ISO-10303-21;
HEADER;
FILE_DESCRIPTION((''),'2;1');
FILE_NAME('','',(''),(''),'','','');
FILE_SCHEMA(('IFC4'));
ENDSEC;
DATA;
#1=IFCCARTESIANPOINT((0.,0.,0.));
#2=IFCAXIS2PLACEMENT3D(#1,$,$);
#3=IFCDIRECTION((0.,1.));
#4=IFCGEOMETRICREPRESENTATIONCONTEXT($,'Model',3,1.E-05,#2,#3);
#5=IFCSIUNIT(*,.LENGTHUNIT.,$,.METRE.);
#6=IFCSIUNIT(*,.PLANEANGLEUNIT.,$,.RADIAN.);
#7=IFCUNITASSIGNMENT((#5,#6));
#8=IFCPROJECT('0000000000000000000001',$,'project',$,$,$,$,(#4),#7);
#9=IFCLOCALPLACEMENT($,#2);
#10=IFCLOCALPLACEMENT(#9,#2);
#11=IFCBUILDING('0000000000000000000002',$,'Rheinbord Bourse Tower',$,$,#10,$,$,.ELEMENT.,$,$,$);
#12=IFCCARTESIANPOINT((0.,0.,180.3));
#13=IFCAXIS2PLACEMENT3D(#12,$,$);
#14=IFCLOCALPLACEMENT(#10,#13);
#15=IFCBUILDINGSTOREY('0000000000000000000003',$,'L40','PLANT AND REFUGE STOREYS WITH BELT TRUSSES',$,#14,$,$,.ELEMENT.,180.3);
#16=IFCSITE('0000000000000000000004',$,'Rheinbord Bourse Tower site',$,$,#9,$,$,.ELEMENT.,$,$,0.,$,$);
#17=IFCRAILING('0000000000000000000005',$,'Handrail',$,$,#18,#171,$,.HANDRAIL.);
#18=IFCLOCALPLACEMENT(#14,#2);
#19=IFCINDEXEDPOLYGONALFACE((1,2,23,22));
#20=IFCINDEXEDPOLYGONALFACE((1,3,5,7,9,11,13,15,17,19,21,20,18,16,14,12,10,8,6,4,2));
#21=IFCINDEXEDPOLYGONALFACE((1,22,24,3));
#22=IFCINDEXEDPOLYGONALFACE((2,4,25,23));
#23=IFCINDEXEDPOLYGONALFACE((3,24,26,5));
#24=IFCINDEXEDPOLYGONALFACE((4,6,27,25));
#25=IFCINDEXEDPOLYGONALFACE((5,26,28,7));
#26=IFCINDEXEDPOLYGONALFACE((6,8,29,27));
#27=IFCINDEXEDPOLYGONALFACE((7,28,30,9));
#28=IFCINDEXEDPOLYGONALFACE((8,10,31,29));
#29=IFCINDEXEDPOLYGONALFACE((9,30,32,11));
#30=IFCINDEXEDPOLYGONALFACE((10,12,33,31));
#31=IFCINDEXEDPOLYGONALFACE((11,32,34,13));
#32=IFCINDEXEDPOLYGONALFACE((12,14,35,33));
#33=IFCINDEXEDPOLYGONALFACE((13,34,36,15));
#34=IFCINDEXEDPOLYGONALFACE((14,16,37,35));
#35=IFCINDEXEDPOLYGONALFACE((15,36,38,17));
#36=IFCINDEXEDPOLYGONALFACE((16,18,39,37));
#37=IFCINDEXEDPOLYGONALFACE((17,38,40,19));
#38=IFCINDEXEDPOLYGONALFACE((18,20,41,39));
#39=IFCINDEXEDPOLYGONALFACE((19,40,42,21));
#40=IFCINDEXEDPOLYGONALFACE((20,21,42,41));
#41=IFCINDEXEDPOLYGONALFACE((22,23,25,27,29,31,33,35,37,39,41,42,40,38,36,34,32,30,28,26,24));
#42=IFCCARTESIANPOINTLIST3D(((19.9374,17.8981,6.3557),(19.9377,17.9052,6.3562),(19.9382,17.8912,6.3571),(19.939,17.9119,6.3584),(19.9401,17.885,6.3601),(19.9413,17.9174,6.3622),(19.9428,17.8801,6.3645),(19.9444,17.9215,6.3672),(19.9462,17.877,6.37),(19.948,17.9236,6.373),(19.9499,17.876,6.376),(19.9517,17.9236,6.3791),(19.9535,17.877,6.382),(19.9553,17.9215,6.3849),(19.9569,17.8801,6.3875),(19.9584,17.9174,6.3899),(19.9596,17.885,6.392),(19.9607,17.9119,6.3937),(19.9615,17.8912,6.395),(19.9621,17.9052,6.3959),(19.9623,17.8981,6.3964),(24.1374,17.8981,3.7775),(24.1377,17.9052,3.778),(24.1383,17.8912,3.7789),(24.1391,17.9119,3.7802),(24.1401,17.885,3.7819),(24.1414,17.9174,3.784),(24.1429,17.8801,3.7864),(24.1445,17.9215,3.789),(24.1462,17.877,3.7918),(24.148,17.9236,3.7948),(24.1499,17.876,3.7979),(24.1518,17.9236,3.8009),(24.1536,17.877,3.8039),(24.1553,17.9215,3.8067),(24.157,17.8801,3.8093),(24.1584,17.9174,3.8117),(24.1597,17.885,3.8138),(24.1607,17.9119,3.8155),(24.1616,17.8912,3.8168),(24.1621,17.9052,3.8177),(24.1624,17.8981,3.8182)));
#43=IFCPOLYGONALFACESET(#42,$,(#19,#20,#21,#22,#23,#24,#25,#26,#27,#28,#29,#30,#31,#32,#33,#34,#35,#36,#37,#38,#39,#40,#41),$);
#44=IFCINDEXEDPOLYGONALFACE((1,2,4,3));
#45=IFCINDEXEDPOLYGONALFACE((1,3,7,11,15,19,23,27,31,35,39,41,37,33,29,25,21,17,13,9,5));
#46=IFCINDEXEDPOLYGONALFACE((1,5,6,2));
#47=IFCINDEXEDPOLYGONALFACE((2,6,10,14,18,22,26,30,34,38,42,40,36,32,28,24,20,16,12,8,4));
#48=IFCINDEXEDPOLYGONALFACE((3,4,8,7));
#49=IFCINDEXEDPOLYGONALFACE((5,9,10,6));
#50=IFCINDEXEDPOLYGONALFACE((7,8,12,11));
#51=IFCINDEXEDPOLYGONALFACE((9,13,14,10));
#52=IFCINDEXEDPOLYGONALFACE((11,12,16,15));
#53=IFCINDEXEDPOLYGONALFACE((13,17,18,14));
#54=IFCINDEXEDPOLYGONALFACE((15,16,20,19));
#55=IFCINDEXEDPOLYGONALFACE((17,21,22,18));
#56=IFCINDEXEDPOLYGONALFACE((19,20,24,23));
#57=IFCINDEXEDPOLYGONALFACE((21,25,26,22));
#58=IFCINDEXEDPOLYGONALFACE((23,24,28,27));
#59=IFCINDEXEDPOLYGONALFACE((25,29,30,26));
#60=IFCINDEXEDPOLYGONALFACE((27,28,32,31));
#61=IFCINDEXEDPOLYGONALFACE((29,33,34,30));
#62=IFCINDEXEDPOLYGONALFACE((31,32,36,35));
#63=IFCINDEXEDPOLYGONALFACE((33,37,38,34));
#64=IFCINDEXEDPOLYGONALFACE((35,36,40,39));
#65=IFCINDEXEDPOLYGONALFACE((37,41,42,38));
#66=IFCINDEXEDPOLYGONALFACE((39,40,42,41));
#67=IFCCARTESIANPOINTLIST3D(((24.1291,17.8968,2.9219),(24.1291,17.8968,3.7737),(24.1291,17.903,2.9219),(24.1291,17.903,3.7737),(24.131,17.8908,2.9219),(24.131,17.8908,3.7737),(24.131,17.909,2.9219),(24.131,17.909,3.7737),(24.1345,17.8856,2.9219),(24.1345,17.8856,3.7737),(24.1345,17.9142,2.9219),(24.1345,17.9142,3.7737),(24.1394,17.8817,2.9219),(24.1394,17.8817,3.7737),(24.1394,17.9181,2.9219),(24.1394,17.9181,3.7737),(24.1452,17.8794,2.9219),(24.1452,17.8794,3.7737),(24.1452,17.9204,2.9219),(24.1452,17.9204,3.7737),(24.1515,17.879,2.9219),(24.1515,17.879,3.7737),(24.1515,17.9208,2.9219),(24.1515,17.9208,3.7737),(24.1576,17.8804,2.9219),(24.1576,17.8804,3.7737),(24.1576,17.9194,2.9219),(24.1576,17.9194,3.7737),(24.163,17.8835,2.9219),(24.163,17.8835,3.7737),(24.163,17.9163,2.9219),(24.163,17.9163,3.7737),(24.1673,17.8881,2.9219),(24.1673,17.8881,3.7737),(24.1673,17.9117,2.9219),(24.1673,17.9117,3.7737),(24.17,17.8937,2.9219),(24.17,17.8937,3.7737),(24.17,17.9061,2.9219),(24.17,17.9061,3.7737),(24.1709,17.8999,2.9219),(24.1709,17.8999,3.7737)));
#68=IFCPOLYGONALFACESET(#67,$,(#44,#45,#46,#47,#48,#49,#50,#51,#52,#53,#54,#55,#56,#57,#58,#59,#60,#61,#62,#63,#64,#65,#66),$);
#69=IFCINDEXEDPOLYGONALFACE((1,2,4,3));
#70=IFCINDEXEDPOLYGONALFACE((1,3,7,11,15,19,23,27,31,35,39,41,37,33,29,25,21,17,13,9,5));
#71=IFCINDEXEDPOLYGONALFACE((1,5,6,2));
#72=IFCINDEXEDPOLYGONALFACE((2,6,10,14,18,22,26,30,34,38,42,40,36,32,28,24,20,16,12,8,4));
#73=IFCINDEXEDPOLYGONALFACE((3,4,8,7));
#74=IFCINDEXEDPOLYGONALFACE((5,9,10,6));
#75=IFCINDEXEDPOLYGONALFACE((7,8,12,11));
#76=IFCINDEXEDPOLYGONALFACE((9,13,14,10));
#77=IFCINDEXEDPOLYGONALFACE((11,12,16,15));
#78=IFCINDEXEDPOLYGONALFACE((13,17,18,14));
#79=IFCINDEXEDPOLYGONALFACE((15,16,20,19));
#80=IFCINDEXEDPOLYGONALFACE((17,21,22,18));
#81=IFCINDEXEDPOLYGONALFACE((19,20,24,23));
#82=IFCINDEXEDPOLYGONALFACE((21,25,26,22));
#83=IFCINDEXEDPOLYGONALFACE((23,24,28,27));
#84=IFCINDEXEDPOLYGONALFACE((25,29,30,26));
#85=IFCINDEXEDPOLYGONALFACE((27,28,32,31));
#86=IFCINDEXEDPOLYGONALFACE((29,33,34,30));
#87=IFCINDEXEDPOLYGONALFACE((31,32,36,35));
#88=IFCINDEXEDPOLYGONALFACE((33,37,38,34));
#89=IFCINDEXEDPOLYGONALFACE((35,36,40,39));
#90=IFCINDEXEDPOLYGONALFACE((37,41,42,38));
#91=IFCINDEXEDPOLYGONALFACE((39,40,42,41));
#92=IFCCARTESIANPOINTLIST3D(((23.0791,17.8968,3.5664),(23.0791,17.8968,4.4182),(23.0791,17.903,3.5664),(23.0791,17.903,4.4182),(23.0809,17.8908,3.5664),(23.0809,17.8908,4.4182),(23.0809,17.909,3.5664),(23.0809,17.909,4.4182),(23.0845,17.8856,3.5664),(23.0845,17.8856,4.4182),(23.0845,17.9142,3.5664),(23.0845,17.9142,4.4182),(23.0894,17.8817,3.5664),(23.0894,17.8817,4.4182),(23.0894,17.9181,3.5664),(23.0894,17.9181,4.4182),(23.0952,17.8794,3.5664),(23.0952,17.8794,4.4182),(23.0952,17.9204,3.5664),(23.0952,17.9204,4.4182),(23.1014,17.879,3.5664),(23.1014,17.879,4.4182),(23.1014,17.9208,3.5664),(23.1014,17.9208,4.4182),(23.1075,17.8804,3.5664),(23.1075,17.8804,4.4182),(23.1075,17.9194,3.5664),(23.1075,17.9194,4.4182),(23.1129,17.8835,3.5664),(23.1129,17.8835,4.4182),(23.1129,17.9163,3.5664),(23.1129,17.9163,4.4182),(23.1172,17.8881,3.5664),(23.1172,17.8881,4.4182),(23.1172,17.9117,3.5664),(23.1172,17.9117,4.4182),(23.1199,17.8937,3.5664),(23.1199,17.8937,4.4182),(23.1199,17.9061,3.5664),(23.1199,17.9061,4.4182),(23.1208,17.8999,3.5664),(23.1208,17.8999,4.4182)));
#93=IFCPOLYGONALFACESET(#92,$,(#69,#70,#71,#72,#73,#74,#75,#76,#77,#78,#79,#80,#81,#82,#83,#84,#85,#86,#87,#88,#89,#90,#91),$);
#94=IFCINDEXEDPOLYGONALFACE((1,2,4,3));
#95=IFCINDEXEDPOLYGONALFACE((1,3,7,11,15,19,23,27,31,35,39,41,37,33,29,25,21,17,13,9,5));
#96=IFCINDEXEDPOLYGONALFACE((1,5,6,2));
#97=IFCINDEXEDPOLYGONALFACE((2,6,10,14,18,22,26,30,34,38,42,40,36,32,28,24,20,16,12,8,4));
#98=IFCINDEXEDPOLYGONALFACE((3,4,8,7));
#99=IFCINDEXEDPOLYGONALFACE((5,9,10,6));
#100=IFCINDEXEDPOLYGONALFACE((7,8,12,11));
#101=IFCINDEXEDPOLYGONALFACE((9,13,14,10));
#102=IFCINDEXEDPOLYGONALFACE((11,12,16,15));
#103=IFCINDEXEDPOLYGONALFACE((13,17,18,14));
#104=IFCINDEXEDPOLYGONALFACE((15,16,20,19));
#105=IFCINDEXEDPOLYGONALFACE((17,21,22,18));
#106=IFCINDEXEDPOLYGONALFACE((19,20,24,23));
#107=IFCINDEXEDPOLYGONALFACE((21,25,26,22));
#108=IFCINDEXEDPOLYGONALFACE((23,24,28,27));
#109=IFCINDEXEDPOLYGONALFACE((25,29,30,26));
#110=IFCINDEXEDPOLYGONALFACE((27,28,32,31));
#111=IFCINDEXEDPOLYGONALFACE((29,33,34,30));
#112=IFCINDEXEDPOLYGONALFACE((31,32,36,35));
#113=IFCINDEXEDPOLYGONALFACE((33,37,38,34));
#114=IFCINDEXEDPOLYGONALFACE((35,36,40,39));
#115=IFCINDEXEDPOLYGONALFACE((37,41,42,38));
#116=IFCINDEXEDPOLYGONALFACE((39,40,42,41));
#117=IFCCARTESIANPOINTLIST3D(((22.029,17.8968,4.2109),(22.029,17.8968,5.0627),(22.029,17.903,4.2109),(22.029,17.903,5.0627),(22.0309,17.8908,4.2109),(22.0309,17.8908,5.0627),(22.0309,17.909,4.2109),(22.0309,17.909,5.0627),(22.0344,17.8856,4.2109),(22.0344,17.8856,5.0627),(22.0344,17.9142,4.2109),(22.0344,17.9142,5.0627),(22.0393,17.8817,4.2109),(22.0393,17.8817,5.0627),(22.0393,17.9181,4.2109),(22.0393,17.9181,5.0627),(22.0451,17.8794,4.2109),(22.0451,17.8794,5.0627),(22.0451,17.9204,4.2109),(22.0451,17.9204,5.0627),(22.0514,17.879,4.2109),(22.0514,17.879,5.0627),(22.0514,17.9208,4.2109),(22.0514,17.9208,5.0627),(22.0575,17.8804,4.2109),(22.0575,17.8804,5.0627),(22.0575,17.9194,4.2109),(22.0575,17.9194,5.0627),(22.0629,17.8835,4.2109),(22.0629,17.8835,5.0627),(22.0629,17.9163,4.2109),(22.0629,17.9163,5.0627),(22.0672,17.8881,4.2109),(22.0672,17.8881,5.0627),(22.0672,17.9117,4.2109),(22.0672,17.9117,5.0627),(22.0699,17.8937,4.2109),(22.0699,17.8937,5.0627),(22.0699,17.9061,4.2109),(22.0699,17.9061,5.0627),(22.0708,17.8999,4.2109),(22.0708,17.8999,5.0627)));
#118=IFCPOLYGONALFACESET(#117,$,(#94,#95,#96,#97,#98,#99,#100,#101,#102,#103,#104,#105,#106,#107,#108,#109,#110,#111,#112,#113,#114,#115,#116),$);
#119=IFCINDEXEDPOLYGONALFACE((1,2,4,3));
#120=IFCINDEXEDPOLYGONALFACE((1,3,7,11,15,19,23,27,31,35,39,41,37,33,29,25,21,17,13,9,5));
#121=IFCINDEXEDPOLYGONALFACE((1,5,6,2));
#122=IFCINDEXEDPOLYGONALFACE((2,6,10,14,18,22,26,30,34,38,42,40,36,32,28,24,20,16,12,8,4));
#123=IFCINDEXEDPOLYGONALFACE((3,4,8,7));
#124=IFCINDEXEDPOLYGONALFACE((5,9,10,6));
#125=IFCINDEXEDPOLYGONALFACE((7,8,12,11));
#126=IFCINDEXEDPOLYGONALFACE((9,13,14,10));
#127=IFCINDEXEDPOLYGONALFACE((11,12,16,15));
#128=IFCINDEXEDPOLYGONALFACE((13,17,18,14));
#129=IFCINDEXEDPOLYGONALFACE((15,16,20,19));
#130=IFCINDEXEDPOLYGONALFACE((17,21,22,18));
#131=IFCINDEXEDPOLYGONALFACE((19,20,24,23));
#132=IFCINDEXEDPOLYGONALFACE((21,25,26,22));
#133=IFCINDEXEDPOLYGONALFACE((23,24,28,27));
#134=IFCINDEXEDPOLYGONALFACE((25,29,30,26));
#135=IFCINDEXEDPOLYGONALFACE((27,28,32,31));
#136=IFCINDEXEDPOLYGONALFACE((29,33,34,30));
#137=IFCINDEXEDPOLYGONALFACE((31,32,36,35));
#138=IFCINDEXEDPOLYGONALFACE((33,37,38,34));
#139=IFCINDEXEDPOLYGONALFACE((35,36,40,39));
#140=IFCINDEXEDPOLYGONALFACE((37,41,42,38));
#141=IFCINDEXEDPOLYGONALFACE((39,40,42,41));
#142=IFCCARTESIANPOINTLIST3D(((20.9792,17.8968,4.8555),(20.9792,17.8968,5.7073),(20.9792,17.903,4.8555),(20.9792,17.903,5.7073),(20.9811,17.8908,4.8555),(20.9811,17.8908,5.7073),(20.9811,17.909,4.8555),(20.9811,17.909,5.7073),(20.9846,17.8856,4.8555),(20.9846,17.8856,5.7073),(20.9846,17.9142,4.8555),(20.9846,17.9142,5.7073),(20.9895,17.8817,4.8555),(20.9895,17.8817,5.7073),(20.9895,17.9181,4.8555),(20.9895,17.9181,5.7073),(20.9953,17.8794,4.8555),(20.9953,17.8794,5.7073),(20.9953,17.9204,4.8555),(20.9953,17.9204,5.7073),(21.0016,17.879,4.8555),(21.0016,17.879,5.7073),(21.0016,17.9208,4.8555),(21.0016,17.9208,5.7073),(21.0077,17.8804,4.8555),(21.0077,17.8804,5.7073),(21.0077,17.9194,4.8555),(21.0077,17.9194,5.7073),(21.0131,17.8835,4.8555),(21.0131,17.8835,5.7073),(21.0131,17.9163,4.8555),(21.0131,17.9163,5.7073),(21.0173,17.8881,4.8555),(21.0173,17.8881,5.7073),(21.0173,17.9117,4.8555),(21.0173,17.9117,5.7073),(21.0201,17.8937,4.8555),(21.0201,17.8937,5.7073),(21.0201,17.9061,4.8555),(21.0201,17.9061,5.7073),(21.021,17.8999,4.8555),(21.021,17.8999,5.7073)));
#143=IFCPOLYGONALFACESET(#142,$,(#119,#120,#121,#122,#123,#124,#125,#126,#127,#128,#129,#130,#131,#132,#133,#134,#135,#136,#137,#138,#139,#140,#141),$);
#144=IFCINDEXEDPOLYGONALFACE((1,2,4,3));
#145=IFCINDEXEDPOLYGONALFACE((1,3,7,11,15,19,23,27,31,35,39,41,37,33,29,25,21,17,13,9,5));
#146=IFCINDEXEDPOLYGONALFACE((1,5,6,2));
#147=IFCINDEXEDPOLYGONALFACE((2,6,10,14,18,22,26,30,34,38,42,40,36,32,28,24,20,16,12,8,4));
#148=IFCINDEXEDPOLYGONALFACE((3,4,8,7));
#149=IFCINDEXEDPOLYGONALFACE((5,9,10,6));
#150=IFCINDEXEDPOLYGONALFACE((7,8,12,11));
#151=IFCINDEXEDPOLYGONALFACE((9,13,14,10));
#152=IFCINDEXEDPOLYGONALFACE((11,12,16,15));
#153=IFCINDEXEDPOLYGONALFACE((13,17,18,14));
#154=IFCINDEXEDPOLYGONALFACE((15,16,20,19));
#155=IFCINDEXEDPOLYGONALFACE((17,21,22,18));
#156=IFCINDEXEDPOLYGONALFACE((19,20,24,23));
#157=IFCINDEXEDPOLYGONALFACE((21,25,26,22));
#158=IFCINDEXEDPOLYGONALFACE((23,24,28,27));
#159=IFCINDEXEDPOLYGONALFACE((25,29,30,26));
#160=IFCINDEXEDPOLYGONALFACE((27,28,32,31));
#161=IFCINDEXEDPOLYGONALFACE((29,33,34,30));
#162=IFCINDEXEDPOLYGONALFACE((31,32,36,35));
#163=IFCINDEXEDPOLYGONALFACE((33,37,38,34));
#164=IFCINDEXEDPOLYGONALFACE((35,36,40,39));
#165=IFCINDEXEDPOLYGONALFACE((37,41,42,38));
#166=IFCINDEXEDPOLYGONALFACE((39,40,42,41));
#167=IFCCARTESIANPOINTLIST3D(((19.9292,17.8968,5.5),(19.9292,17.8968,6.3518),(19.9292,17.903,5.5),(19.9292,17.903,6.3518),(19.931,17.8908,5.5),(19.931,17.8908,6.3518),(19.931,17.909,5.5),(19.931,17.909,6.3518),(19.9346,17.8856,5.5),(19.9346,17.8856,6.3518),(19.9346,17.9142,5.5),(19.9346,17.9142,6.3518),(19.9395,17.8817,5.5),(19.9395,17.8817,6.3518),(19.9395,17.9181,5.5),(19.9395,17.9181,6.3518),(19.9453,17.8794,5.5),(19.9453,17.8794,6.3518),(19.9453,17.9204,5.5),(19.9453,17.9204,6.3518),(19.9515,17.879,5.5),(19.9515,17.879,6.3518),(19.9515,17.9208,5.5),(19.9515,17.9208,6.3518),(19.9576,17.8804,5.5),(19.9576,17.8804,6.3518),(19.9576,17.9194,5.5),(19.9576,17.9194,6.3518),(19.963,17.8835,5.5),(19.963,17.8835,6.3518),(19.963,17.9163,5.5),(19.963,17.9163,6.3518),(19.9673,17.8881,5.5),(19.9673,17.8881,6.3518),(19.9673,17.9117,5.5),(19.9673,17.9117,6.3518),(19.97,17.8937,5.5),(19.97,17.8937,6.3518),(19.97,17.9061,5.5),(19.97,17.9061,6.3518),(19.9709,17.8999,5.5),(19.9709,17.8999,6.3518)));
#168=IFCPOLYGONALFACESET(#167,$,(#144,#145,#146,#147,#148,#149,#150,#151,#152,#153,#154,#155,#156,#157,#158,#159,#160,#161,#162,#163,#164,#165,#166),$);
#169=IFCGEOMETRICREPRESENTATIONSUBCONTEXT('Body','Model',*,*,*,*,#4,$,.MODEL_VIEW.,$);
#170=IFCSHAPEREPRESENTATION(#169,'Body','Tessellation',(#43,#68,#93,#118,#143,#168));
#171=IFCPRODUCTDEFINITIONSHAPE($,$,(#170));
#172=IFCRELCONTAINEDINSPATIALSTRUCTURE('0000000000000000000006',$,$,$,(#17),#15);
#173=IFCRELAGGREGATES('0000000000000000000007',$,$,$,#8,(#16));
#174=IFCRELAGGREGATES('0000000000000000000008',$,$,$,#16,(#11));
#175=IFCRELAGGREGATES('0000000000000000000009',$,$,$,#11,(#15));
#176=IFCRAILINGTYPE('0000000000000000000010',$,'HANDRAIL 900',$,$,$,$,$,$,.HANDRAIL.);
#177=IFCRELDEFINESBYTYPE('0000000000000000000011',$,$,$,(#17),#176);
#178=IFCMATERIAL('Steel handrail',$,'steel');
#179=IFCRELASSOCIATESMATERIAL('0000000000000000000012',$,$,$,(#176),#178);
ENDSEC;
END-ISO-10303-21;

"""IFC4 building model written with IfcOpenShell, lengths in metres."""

from ifc_helpers import new_model, si_unit, direction, frame, origin, origin_2d, place, context, subcontext, project, spatial, circle, extrude, material, type_object, element, save


model = new_model("IFC4")

# Units and contexts
model_context = context("Model", 3, precision=1e-05, world=origin(), true_north=direction((0.0, 1.0)))
body_context = subcontext(model_context, "Body", "Model", "MODEL_VIEW")
ifc_project = project(units=[si_unit("LENGTHUNIT", "METRE"), si_unit("PLANEANGLEUNIT", "RADIAN")], contexts=[model_context])

# Site, building, storey
site_placement = place(None, origin())
site = spatial("IfcSite", under=ifc_project, at=site_placement, Name="Rheinbord Bourse Tower site", CompositionType="ELEMENT", RefElevation=0.0)
building_placement = place(site_placement, origin())
building = spatial("IfcBuilding", under=site, at=building_placement, Name="Rheinbord Bourse Tower", CompositionType="ELEMENT")
storey_placement = place(building_placement, frame((0.0, 0.0, 180.3)))
storey = spatial("IfcBuildingStorey", under=building, at=storey_placement, Name="L40", Description="PLANT AND REFUGE STOREYS WITH BELT TRUSSES", CompositionType="ELEMENT", Elevation=180.3)

# Railing
ifc_material_1 = material(Name="Steel handrail", Category="steel")
railing_type = type_object("IfcRailingType", Name="HANDRAIL 900", PredefinedType="HANDRAIL", material=ifc_material_1)
railing_placement = place(storey_placement, frame((24.1499, 17.8999, 2.9219)))
element("IfcRailing", 1, at=railing_placement, inside=storey, type_object=railing_type, Name="Handrail", PredefinedType="HANDRAIL", context=body_context, shape_type="SweptSolid", body=[
    extrude(circle(Radius=0.0239, at=origin_2d()), frame((0.0, 0.0, 0.876), z_axis=(-0.852243, 0.0, 0.523146), x_axis=(0.0, -1.0, 0.0)), (0.0, 0.0, 1.0), 4.9282),
    extrude(circle(Radius=0.021, at=origin_2d()), origin(), (0.0, 0.0, 1.0), 0.8518),
    extrude(circle(Radius=0.021, at=origin_2d()), frame((-1.05, 0.0, 0.6445)), (0.0, 0.0, 1.0), 0.8518),
    extrude(circle(Radius=0.021, at=origin_2d()), frame((-2.1001, 0.0, 1.2891)), (0.0, 0.0, 1.0), 0.8518),
    extrude(circle(Radius=0.021, at=origin_2d()), frame((-3.1499, 0.0, 1.9336)), (0.0, 0.0, 1.0), 0.8518),
    extrude(circle(Radius=0.021, at=origin_2d()), frame((-4.2, 0.0, 2.5781)), (0.0, 0.0, 1.0), 0.8518),
])

save(model, "model.ifc")
